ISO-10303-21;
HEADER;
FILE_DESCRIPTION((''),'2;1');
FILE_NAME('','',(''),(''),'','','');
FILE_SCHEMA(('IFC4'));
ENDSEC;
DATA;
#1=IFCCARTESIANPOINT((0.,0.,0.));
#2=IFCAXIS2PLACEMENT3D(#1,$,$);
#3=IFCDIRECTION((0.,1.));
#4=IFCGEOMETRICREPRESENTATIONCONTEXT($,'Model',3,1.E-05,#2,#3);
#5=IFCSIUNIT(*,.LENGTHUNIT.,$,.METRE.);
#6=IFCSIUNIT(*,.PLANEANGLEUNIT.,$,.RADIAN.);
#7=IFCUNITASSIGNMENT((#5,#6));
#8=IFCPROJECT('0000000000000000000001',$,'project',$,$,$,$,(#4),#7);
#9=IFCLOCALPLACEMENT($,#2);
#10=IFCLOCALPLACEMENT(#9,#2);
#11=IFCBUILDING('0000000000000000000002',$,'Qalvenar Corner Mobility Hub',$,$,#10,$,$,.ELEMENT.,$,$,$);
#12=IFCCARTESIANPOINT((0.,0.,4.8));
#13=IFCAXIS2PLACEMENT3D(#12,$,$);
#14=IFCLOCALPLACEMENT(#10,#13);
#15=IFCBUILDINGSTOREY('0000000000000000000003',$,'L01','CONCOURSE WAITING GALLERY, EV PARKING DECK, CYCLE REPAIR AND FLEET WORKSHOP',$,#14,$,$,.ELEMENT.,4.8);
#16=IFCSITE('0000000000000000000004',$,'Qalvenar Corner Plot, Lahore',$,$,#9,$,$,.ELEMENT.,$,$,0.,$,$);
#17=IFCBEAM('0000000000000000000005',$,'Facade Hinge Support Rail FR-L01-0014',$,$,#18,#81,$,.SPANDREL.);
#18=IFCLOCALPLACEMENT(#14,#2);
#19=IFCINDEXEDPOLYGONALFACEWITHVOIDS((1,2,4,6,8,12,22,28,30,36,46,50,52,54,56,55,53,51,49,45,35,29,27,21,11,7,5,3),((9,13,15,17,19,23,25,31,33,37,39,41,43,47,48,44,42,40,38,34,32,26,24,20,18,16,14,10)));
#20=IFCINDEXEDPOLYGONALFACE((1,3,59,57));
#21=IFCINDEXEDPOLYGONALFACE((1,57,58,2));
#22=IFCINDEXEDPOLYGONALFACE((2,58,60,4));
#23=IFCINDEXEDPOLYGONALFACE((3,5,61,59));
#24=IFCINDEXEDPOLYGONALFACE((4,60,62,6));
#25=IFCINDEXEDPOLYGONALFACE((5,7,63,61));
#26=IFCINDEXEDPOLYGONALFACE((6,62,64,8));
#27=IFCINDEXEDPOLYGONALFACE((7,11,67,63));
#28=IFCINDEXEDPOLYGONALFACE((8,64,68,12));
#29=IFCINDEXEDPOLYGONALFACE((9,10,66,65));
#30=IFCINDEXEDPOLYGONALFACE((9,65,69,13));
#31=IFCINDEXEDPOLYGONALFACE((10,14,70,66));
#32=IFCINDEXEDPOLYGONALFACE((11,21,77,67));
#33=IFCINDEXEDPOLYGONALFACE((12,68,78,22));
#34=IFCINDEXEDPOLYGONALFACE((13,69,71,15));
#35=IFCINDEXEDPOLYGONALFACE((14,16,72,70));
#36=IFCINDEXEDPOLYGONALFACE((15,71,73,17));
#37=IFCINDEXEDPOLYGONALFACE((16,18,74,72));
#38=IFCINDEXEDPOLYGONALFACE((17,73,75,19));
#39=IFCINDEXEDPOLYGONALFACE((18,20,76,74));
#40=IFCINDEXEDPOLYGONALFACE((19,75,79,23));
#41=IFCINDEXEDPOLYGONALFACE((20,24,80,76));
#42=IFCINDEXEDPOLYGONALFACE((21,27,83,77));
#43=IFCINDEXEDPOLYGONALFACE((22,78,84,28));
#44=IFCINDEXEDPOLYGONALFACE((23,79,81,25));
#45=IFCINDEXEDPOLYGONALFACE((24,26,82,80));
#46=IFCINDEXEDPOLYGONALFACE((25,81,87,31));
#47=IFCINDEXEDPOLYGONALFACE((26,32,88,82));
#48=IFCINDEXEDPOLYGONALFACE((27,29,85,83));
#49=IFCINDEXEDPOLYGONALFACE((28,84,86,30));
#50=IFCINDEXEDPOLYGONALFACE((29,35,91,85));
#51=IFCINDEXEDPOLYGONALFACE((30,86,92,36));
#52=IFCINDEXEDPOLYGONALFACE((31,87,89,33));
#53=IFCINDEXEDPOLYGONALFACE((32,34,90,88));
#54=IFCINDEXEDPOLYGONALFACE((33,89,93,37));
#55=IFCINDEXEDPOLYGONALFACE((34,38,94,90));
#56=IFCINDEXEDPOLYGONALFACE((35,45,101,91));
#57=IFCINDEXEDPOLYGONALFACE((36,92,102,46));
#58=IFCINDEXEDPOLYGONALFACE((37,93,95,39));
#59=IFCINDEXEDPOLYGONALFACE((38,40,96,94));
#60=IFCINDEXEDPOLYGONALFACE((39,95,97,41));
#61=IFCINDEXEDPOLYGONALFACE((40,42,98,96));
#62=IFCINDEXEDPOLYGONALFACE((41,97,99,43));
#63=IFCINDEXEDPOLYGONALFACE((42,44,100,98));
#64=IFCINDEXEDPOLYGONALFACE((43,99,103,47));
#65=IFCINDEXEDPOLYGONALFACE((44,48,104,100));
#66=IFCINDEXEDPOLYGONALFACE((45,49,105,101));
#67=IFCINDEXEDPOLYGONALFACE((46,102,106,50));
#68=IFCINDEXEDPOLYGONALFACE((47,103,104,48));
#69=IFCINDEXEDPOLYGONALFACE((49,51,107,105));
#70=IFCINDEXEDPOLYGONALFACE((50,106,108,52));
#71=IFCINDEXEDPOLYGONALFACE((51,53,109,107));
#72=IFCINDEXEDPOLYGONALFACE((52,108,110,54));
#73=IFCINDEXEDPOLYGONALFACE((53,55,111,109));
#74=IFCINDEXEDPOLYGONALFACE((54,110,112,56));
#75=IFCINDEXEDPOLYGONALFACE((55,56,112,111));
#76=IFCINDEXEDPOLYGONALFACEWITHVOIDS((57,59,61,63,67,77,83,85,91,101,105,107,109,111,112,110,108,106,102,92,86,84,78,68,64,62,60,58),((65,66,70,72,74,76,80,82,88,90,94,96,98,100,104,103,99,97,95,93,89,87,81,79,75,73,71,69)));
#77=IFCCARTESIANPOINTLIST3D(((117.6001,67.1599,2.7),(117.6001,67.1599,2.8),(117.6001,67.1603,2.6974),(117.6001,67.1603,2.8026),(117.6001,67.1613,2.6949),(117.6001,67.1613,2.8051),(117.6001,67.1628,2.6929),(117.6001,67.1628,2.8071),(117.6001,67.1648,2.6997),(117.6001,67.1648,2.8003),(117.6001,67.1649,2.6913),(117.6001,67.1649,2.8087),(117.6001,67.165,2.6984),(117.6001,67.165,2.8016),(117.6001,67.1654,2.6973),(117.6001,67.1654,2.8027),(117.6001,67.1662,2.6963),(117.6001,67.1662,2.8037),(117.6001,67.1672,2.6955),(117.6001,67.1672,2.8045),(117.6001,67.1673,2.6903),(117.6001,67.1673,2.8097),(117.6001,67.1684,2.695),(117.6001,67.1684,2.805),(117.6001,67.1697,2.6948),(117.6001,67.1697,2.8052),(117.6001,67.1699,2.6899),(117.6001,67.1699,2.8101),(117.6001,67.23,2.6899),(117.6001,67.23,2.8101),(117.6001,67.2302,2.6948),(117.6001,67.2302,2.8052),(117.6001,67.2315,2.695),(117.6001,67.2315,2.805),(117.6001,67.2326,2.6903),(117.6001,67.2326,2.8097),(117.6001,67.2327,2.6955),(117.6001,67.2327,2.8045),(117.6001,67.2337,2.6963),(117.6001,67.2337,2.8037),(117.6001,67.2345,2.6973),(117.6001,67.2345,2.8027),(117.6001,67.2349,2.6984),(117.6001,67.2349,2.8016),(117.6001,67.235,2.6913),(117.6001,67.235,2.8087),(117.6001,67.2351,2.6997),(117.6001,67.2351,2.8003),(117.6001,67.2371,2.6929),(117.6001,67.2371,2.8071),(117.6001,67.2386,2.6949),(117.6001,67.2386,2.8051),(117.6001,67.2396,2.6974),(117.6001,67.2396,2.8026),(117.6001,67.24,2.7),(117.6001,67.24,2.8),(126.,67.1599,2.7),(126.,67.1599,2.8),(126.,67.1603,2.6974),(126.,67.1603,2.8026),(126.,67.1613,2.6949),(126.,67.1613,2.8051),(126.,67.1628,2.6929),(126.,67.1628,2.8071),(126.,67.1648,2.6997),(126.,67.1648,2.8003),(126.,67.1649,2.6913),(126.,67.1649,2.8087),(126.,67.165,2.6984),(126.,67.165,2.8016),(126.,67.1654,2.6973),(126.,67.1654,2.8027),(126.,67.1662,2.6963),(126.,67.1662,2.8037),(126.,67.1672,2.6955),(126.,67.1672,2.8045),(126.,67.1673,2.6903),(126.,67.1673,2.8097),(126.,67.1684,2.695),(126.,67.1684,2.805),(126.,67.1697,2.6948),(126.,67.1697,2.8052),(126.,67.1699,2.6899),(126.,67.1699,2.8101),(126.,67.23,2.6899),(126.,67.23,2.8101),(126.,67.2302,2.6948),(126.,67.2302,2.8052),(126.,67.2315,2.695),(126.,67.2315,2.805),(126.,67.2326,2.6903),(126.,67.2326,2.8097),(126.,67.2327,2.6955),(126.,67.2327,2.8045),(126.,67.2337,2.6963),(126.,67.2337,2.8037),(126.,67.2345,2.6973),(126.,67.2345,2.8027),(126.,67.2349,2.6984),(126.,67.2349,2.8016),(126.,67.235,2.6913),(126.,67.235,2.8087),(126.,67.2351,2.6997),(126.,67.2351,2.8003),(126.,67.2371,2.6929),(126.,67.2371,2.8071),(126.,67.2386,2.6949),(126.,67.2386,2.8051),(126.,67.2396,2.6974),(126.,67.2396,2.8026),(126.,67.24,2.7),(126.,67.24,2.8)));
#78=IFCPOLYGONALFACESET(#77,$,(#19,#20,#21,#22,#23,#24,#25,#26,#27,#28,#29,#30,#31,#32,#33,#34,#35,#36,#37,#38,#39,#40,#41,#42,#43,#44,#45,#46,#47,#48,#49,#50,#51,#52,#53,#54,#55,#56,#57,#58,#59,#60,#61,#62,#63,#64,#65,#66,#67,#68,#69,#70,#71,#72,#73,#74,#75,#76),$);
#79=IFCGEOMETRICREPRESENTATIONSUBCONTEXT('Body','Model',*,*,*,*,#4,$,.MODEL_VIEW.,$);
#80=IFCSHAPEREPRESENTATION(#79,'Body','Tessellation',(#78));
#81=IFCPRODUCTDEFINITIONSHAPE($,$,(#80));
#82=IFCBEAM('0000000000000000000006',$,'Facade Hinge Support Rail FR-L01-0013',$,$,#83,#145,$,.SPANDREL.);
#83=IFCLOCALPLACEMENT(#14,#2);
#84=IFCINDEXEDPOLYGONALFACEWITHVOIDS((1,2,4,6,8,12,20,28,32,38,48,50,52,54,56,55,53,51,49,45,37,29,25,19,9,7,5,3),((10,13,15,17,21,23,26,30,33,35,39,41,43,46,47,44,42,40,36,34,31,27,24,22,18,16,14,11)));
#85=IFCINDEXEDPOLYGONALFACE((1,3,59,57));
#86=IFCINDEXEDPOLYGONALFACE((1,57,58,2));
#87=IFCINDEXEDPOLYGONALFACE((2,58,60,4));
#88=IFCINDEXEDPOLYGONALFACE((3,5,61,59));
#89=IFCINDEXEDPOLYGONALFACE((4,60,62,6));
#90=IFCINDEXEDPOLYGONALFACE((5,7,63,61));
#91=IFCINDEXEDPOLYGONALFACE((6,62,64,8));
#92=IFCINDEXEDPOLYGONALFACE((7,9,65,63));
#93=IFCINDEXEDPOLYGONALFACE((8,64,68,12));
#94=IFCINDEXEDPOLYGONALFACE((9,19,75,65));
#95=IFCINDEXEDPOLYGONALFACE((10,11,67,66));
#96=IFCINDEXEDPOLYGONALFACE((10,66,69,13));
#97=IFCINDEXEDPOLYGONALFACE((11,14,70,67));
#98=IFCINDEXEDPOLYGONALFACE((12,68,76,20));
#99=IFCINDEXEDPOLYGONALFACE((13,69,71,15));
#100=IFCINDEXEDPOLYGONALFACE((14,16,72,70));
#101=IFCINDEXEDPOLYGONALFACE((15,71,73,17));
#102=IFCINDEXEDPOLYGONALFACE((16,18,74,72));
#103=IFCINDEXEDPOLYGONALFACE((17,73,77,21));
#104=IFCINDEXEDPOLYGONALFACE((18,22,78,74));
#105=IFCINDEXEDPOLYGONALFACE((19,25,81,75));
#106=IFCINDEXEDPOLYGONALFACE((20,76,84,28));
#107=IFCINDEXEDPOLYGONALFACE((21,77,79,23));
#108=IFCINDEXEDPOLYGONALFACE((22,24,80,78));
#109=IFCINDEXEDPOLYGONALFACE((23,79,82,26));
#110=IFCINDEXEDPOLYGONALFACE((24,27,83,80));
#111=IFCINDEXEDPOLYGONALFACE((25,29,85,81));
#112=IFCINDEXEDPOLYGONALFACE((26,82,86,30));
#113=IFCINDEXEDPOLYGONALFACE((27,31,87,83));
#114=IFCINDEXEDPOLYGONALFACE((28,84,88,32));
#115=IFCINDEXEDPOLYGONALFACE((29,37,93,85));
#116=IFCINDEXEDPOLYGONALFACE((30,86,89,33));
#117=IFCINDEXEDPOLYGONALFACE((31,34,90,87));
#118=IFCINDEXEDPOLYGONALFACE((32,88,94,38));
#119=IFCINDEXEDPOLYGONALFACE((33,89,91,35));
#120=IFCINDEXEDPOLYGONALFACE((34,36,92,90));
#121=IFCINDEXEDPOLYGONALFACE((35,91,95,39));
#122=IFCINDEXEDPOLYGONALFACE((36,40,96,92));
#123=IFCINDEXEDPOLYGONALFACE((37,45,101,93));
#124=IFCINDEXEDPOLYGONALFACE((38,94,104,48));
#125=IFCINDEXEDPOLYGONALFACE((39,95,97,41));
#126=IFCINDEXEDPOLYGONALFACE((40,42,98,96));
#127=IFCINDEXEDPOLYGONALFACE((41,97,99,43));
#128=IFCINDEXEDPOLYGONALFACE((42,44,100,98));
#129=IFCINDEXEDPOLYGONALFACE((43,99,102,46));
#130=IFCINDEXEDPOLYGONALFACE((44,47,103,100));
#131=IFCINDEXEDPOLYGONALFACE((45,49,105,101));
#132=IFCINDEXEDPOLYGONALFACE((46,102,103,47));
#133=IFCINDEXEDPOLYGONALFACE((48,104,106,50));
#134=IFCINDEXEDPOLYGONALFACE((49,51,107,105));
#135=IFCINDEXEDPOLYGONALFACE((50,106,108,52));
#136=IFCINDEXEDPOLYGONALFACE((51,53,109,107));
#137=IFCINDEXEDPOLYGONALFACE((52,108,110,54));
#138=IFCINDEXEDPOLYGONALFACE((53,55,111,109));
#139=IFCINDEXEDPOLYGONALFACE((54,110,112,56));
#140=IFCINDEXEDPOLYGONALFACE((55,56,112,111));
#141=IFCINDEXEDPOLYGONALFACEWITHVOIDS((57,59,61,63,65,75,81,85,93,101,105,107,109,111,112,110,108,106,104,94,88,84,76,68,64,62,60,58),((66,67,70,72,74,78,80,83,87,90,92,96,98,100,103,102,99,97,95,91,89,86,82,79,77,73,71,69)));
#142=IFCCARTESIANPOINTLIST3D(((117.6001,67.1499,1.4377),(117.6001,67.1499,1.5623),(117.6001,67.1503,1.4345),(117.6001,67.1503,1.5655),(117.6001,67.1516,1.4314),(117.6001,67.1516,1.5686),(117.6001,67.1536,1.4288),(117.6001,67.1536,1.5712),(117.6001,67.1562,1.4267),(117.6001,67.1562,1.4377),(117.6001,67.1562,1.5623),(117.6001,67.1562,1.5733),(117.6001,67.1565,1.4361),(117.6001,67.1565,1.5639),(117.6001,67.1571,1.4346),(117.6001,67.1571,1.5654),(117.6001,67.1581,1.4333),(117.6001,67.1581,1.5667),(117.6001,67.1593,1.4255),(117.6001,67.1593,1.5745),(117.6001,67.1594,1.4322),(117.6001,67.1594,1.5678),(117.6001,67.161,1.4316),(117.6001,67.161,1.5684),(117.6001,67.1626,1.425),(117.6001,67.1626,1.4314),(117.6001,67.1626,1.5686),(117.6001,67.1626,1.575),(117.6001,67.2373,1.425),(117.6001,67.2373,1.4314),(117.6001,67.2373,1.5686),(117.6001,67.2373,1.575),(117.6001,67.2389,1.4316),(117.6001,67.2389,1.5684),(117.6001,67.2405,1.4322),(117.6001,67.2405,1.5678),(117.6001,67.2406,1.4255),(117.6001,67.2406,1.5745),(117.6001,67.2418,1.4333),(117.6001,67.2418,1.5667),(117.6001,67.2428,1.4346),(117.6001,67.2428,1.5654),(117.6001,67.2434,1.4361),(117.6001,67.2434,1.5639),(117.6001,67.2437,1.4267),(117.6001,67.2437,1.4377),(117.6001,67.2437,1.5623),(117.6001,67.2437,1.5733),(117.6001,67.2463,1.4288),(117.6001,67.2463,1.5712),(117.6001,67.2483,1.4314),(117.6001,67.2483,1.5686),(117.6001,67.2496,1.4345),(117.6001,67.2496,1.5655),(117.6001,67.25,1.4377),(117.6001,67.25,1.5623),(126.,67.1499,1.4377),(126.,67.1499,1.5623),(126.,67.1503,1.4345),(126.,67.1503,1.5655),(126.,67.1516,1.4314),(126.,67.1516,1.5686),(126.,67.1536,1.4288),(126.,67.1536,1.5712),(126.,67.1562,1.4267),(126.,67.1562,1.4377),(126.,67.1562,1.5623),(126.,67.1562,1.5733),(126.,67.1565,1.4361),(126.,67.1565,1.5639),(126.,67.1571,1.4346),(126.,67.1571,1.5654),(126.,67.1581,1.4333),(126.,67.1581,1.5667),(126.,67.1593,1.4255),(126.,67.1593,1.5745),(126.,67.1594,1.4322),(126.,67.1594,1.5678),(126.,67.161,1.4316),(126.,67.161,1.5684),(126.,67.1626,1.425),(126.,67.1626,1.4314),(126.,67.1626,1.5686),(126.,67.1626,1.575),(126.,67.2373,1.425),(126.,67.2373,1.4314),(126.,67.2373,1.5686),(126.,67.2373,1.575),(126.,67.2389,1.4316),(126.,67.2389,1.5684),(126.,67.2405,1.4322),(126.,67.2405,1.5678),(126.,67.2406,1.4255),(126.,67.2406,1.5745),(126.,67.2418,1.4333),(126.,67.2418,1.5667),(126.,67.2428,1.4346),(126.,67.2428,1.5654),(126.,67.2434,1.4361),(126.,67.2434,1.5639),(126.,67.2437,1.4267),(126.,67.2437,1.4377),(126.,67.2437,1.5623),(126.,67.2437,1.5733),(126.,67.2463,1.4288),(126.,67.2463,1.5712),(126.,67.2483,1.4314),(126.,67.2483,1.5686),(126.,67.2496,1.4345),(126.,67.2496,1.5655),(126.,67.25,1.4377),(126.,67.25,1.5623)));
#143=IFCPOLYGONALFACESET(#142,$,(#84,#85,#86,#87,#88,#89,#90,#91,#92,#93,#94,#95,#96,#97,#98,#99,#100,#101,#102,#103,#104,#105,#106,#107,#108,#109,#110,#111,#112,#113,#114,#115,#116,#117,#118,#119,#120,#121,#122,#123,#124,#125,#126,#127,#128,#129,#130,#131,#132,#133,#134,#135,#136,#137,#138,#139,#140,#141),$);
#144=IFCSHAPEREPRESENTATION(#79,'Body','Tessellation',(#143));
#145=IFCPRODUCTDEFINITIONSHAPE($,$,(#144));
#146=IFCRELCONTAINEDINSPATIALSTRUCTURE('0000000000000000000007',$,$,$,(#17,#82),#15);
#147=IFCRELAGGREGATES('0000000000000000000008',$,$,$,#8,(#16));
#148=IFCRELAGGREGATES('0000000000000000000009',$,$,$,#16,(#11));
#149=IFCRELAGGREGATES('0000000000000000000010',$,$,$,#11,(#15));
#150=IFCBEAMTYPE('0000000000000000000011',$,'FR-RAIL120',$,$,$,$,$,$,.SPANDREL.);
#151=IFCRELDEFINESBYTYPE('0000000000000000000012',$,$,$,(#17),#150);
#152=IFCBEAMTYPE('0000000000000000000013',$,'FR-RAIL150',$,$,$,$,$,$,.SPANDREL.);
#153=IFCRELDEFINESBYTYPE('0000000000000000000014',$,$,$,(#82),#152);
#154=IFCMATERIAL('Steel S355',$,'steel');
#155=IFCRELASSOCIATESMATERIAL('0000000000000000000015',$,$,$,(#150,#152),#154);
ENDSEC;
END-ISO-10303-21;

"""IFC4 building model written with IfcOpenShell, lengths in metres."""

from ifc_helpers import new_model, si_unit, direction, frame, origin, origin_2d, place, context, subcontext, project, spatial, hollow_rectangle, extrude, material, material_profile, profile_set, type_object, element, save


model = new_model("IFC4")

# Units and contexts
model_context = context("Model", 3, precision=1e-05, world=origin(), true_north=direction((0.0, 1.0)))
body_context = subcontext(model_context, "Body", "Model", "MODEL_VIEW")
ifc_project = project(units=[si_unit("LENGTHUNIT", "METRE"), si_unit("PLANEANGLEUNIT", "RADIAN")], contexts=[model_context])

# Site, building, storey
site_placement = place(None, origin())
site = spatial("IfcSite", under=ifc_project, at=site_placement, Name="Qalvenar Corner Plot, Lahore", CompositionType="ELEMENT", RefElevation=0.0)
building_placement = place(site_placement, origin())
building = spatial("IfcBuilding", under=site, at=building_placement, Name="Qalvenar Corner Mobility Hub", CompositionType="ELEMENT")
storey_placement = place(building_placement, frame((0.0, 0.0, 4.8)))
storey = spatial("IfcBuildingStorey", under=building, at=storey_placement, Name="L01", Description="CONCOURSE WAITING GALLERY, EV PARKING DECK, CYCLE REPAIR AND FLEET WORKSHOP", CompositionType="ELEMENT", Elevation=4.8)

# Shared definitions
ifc_material = material(Name="Steel S355", Category="steel")

# Beams
ifc_material_profile_1 = material_profile(ifc_material, hollow_rectangle(XDim=0.0801, YDim=0.1201, WallThickness=0.0049, InnerFilletRadius=0.0049, OuterFilletRadius=0.01, at=origin_2d()), Name="RHS120x80x5")
ifc_profile_set_1 = profile_set([ifc_material_profile_1], Name="Steel S355")
beam_type_1 = type_object("IfcBeamType", Name="FR-RAIL120", PredefinedType="SPANDREL", material=ifc_profile_set_1)
beam_1_placement = place(storey_placement, frame((117.6001, 67.2, 2.75), z_axis=(1.0, 0.0, 0.0), x_axis=(0.0, 1.0, 0.0)))
element("IfcBeam", 1, at=beam_1_placement, inside=storey, type_object=beam_type_1, Name="Facade Hinge Support Rail FR-L01-0014", PredefinedType="SPANDREL", context=body_context, shape_type="SweptSolid", body=[
    extrude(hollow_rectangle(XDim=0.0801, YDim=0.1201, WallThickness=0.0049, InnerFilletRadius=0.0049, OuterFilletRadius=0.01, at=origin_2d()), origin(), (0.0, 0.0, 1.0), 8.3999),
])
ifc_material_profile_2 = material_profile(ifc_material, hollow_rectangle(XDim=0.1001, YDim=0.1499, WallThickness=0.0063, InnerFilletRadius=0.0063, OuterFilletRadius=0.0127, at=origin_2d()), Name="RHS150x100x6.3")
ifc_profile_set_2 = profile_set([ifc_material_profile_2], Name="Steel S355")
beam_type_2 = type_object("IfcBeamType", Name="FR-RAIL150", PredefinedType="SPANDREL", material=ifc_profile_set_2)
beam_2_placement = place(storey_placement, frame((117.6001, 67.2, 1.5), z_axis=(1.0, 0.0, 0.0), x_axis=(0.0, 1.0, 0.0)))
element("IfcBeam", 2, at=beam_2_placement, inside=storey, type_object=beam_type_2, Name="Facade Hinge Support Rail FR-L01-0013", PredefinedType="SPANDREL", context=body_context, shape_type="SweptSolid", body=[
    extrude(hollow_rectangle(XDim=0.1001, YDim=0.1499, WallThickness=0.0063, InnerFilletRadius=0.0063, OuterFilletRadius=0.0127, at=origin_2d()), origin(), (0.0, 0.0, 1.0), 8.3999),
])

save(model, "model.ifc")
